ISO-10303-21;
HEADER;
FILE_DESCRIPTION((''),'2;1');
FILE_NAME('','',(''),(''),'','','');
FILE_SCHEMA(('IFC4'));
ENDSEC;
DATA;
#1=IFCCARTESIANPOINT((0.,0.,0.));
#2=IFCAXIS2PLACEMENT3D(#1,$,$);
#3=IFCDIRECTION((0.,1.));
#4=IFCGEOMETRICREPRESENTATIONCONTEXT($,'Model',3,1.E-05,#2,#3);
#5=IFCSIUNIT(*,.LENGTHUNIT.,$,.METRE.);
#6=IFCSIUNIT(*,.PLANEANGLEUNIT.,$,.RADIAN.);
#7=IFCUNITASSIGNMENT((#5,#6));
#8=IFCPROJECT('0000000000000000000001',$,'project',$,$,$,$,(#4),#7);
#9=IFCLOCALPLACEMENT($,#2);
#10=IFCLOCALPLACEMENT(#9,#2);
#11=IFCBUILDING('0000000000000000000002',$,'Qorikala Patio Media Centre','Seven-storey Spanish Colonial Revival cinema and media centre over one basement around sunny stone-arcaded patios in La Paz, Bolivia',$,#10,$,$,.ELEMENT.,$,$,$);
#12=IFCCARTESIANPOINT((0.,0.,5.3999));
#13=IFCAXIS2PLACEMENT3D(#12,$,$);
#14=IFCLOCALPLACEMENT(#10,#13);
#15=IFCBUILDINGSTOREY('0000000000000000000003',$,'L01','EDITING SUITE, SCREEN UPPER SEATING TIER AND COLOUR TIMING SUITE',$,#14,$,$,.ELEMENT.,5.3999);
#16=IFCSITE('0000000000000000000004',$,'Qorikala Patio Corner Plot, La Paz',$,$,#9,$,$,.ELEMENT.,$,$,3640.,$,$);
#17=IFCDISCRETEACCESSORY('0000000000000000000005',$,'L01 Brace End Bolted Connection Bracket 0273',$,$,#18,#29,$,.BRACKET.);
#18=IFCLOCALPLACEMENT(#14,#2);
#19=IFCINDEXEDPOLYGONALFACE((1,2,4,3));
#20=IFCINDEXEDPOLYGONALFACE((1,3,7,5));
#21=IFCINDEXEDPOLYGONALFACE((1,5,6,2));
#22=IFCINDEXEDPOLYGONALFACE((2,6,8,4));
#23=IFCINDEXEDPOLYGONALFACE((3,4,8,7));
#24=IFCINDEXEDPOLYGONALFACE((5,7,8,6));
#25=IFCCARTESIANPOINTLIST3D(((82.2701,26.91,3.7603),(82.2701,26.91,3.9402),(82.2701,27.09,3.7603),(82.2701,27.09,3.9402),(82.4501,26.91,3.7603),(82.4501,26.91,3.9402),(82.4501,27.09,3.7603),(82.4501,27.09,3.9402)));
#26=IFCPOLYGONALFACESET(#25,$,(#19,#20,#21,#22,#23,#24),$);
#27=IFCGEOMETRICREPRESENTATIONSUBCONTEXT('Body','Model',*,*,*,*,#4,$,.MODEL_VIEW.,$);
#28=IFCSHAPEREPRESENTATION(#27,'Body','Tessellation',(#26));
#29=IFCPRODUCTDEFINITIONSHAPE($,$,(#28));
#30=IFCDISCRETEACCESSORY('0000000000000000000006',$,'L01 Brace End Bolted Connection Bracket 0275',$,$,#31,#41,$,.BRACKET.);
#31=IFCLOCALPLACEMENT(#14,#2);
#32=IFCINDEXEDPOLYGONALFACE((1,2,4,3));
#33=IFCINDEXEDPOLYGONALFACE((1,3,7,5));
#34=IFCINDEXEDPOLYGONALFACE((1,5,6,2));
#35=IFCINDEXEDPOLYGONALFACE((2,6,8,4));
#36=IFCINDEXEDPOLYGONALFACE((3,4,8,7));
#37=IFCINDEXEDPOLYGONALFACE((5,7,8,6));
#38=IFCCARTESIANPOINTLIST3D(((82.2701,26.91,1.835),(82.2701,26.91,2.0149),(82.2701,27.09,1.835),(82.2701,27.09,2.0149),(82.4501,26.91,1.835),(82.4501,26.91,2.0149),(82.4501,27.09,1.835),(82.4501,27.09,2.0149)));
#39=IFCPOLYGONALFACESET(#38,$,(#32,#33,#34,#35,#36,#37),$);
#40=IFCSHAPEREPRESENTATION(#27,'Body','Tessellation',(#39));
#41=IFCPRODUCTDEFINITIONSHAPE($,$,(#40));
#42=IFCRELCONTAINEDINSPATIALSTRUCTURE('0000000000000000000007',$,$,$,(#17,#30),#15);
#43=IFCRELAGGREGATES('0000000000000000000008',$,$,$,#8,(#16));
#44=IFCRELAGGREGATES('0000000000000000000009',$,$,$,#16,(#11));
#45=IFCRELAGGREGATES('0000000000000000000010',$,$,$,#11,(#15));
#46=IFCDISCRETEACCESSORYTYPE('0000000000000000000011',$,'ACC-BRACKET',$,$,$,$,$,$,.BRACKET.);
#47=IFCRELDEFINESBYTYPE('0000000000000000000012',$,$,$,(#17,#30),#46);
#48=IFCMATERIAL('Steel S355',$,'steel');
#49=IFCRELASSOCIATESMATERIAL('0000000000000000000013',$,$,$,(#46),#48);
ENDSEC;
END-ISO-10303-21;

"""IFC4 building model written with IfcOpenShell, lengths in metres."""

from ifc_helpers import new_model, si_unit, direction, frame, origin, origin_2d, place, context, subcontext, project, spatial, rectangle, extrude, material, type_object, element, save


model = new_model("IFC4")

# Units and contexts
model_context = context("Model", 3, precision=1e-05, world=origin(), true_north=direction((0.0, 1.0)))
body_context = subcontext(model_context, "Body", "Model", "MODEL_VIEW")
ifc_project = project(units=[si_unit("LENGTHUNIT", "METRE"), si_unit("PLANEANGLEUNIT", "RADIAN")], contexts=[model_context])

# Site, building, storey
site_placement = place(None, origin())
site = spatial("IfcSite", under=ifc_project, at=site_placement, Name="Qorikala Patio Corner Plot, La Paz", CompositionType="ELEMENT", RefElevation=3640.0)
building_placement = place(site_placement, origin())
building = spatial("IfcBuilding", under=site, at=building_placement, Name="Qorikala Patio Media Centre", Description="Seven-storey Spanish Colonial Revival cinema and media centre over one basement around sunny stone-arcaded patios in La Paz, Bolivia", CompositionType="ELEMENT")
storey_placement = place(building_placement, frame((0.0, 0.0, 5.3999)))
storey = spatial("IfcBuildingStorey", under=building, at=storey_placement, Name="L01", Description="EDITING SUITE, SCREEN UPPER SEATING TIER AND COLOUR TIMING SUITE", CompositionType="ELEMENT", Elevation=5.3999)

# Discrete accessories
ifc_material_1 = material(Name="Steel S355", Category="steel")
discrete_accessory_type = type_object("IfcDiscreteAccessoryType", Name="ACC-BRACKET", PredefinedType="BRACKET", material=ifc_material_1)
for number, where, z_axis, x_axis, name in (
    (1, (82.3601, 27.0, 3.7603), (0.0, 0.0, 1.0), (1.0, 0.0, 0.0), "L01 Brace End Bolted Connection Bracket 0273"),
    (2, (82.3601, 27.0, 1.835), (0.0, 0.0, 1.0), (1.0, 0.0, 0.0), "L01 Brace End Bolted Connection Bracket 0275"),
):
    element("IfcDiscreteAccessory", number, at=place(storey_placement, frame(where, z_axis=z_axis, x_axis=x_axis)), inside=storey, type_object=discrete_accessory_type, Name=name, PredefinedType="BRACKET", context=body_context, shape_type="SweptSolid", body=[
        extrude(rectangle(XDim=0.1799, YDim=0.1799, at=origin_2d()), origin(), (0.0, 0.0, 1.0), 0.1799),
    ])

save(model, "model.ifc")
